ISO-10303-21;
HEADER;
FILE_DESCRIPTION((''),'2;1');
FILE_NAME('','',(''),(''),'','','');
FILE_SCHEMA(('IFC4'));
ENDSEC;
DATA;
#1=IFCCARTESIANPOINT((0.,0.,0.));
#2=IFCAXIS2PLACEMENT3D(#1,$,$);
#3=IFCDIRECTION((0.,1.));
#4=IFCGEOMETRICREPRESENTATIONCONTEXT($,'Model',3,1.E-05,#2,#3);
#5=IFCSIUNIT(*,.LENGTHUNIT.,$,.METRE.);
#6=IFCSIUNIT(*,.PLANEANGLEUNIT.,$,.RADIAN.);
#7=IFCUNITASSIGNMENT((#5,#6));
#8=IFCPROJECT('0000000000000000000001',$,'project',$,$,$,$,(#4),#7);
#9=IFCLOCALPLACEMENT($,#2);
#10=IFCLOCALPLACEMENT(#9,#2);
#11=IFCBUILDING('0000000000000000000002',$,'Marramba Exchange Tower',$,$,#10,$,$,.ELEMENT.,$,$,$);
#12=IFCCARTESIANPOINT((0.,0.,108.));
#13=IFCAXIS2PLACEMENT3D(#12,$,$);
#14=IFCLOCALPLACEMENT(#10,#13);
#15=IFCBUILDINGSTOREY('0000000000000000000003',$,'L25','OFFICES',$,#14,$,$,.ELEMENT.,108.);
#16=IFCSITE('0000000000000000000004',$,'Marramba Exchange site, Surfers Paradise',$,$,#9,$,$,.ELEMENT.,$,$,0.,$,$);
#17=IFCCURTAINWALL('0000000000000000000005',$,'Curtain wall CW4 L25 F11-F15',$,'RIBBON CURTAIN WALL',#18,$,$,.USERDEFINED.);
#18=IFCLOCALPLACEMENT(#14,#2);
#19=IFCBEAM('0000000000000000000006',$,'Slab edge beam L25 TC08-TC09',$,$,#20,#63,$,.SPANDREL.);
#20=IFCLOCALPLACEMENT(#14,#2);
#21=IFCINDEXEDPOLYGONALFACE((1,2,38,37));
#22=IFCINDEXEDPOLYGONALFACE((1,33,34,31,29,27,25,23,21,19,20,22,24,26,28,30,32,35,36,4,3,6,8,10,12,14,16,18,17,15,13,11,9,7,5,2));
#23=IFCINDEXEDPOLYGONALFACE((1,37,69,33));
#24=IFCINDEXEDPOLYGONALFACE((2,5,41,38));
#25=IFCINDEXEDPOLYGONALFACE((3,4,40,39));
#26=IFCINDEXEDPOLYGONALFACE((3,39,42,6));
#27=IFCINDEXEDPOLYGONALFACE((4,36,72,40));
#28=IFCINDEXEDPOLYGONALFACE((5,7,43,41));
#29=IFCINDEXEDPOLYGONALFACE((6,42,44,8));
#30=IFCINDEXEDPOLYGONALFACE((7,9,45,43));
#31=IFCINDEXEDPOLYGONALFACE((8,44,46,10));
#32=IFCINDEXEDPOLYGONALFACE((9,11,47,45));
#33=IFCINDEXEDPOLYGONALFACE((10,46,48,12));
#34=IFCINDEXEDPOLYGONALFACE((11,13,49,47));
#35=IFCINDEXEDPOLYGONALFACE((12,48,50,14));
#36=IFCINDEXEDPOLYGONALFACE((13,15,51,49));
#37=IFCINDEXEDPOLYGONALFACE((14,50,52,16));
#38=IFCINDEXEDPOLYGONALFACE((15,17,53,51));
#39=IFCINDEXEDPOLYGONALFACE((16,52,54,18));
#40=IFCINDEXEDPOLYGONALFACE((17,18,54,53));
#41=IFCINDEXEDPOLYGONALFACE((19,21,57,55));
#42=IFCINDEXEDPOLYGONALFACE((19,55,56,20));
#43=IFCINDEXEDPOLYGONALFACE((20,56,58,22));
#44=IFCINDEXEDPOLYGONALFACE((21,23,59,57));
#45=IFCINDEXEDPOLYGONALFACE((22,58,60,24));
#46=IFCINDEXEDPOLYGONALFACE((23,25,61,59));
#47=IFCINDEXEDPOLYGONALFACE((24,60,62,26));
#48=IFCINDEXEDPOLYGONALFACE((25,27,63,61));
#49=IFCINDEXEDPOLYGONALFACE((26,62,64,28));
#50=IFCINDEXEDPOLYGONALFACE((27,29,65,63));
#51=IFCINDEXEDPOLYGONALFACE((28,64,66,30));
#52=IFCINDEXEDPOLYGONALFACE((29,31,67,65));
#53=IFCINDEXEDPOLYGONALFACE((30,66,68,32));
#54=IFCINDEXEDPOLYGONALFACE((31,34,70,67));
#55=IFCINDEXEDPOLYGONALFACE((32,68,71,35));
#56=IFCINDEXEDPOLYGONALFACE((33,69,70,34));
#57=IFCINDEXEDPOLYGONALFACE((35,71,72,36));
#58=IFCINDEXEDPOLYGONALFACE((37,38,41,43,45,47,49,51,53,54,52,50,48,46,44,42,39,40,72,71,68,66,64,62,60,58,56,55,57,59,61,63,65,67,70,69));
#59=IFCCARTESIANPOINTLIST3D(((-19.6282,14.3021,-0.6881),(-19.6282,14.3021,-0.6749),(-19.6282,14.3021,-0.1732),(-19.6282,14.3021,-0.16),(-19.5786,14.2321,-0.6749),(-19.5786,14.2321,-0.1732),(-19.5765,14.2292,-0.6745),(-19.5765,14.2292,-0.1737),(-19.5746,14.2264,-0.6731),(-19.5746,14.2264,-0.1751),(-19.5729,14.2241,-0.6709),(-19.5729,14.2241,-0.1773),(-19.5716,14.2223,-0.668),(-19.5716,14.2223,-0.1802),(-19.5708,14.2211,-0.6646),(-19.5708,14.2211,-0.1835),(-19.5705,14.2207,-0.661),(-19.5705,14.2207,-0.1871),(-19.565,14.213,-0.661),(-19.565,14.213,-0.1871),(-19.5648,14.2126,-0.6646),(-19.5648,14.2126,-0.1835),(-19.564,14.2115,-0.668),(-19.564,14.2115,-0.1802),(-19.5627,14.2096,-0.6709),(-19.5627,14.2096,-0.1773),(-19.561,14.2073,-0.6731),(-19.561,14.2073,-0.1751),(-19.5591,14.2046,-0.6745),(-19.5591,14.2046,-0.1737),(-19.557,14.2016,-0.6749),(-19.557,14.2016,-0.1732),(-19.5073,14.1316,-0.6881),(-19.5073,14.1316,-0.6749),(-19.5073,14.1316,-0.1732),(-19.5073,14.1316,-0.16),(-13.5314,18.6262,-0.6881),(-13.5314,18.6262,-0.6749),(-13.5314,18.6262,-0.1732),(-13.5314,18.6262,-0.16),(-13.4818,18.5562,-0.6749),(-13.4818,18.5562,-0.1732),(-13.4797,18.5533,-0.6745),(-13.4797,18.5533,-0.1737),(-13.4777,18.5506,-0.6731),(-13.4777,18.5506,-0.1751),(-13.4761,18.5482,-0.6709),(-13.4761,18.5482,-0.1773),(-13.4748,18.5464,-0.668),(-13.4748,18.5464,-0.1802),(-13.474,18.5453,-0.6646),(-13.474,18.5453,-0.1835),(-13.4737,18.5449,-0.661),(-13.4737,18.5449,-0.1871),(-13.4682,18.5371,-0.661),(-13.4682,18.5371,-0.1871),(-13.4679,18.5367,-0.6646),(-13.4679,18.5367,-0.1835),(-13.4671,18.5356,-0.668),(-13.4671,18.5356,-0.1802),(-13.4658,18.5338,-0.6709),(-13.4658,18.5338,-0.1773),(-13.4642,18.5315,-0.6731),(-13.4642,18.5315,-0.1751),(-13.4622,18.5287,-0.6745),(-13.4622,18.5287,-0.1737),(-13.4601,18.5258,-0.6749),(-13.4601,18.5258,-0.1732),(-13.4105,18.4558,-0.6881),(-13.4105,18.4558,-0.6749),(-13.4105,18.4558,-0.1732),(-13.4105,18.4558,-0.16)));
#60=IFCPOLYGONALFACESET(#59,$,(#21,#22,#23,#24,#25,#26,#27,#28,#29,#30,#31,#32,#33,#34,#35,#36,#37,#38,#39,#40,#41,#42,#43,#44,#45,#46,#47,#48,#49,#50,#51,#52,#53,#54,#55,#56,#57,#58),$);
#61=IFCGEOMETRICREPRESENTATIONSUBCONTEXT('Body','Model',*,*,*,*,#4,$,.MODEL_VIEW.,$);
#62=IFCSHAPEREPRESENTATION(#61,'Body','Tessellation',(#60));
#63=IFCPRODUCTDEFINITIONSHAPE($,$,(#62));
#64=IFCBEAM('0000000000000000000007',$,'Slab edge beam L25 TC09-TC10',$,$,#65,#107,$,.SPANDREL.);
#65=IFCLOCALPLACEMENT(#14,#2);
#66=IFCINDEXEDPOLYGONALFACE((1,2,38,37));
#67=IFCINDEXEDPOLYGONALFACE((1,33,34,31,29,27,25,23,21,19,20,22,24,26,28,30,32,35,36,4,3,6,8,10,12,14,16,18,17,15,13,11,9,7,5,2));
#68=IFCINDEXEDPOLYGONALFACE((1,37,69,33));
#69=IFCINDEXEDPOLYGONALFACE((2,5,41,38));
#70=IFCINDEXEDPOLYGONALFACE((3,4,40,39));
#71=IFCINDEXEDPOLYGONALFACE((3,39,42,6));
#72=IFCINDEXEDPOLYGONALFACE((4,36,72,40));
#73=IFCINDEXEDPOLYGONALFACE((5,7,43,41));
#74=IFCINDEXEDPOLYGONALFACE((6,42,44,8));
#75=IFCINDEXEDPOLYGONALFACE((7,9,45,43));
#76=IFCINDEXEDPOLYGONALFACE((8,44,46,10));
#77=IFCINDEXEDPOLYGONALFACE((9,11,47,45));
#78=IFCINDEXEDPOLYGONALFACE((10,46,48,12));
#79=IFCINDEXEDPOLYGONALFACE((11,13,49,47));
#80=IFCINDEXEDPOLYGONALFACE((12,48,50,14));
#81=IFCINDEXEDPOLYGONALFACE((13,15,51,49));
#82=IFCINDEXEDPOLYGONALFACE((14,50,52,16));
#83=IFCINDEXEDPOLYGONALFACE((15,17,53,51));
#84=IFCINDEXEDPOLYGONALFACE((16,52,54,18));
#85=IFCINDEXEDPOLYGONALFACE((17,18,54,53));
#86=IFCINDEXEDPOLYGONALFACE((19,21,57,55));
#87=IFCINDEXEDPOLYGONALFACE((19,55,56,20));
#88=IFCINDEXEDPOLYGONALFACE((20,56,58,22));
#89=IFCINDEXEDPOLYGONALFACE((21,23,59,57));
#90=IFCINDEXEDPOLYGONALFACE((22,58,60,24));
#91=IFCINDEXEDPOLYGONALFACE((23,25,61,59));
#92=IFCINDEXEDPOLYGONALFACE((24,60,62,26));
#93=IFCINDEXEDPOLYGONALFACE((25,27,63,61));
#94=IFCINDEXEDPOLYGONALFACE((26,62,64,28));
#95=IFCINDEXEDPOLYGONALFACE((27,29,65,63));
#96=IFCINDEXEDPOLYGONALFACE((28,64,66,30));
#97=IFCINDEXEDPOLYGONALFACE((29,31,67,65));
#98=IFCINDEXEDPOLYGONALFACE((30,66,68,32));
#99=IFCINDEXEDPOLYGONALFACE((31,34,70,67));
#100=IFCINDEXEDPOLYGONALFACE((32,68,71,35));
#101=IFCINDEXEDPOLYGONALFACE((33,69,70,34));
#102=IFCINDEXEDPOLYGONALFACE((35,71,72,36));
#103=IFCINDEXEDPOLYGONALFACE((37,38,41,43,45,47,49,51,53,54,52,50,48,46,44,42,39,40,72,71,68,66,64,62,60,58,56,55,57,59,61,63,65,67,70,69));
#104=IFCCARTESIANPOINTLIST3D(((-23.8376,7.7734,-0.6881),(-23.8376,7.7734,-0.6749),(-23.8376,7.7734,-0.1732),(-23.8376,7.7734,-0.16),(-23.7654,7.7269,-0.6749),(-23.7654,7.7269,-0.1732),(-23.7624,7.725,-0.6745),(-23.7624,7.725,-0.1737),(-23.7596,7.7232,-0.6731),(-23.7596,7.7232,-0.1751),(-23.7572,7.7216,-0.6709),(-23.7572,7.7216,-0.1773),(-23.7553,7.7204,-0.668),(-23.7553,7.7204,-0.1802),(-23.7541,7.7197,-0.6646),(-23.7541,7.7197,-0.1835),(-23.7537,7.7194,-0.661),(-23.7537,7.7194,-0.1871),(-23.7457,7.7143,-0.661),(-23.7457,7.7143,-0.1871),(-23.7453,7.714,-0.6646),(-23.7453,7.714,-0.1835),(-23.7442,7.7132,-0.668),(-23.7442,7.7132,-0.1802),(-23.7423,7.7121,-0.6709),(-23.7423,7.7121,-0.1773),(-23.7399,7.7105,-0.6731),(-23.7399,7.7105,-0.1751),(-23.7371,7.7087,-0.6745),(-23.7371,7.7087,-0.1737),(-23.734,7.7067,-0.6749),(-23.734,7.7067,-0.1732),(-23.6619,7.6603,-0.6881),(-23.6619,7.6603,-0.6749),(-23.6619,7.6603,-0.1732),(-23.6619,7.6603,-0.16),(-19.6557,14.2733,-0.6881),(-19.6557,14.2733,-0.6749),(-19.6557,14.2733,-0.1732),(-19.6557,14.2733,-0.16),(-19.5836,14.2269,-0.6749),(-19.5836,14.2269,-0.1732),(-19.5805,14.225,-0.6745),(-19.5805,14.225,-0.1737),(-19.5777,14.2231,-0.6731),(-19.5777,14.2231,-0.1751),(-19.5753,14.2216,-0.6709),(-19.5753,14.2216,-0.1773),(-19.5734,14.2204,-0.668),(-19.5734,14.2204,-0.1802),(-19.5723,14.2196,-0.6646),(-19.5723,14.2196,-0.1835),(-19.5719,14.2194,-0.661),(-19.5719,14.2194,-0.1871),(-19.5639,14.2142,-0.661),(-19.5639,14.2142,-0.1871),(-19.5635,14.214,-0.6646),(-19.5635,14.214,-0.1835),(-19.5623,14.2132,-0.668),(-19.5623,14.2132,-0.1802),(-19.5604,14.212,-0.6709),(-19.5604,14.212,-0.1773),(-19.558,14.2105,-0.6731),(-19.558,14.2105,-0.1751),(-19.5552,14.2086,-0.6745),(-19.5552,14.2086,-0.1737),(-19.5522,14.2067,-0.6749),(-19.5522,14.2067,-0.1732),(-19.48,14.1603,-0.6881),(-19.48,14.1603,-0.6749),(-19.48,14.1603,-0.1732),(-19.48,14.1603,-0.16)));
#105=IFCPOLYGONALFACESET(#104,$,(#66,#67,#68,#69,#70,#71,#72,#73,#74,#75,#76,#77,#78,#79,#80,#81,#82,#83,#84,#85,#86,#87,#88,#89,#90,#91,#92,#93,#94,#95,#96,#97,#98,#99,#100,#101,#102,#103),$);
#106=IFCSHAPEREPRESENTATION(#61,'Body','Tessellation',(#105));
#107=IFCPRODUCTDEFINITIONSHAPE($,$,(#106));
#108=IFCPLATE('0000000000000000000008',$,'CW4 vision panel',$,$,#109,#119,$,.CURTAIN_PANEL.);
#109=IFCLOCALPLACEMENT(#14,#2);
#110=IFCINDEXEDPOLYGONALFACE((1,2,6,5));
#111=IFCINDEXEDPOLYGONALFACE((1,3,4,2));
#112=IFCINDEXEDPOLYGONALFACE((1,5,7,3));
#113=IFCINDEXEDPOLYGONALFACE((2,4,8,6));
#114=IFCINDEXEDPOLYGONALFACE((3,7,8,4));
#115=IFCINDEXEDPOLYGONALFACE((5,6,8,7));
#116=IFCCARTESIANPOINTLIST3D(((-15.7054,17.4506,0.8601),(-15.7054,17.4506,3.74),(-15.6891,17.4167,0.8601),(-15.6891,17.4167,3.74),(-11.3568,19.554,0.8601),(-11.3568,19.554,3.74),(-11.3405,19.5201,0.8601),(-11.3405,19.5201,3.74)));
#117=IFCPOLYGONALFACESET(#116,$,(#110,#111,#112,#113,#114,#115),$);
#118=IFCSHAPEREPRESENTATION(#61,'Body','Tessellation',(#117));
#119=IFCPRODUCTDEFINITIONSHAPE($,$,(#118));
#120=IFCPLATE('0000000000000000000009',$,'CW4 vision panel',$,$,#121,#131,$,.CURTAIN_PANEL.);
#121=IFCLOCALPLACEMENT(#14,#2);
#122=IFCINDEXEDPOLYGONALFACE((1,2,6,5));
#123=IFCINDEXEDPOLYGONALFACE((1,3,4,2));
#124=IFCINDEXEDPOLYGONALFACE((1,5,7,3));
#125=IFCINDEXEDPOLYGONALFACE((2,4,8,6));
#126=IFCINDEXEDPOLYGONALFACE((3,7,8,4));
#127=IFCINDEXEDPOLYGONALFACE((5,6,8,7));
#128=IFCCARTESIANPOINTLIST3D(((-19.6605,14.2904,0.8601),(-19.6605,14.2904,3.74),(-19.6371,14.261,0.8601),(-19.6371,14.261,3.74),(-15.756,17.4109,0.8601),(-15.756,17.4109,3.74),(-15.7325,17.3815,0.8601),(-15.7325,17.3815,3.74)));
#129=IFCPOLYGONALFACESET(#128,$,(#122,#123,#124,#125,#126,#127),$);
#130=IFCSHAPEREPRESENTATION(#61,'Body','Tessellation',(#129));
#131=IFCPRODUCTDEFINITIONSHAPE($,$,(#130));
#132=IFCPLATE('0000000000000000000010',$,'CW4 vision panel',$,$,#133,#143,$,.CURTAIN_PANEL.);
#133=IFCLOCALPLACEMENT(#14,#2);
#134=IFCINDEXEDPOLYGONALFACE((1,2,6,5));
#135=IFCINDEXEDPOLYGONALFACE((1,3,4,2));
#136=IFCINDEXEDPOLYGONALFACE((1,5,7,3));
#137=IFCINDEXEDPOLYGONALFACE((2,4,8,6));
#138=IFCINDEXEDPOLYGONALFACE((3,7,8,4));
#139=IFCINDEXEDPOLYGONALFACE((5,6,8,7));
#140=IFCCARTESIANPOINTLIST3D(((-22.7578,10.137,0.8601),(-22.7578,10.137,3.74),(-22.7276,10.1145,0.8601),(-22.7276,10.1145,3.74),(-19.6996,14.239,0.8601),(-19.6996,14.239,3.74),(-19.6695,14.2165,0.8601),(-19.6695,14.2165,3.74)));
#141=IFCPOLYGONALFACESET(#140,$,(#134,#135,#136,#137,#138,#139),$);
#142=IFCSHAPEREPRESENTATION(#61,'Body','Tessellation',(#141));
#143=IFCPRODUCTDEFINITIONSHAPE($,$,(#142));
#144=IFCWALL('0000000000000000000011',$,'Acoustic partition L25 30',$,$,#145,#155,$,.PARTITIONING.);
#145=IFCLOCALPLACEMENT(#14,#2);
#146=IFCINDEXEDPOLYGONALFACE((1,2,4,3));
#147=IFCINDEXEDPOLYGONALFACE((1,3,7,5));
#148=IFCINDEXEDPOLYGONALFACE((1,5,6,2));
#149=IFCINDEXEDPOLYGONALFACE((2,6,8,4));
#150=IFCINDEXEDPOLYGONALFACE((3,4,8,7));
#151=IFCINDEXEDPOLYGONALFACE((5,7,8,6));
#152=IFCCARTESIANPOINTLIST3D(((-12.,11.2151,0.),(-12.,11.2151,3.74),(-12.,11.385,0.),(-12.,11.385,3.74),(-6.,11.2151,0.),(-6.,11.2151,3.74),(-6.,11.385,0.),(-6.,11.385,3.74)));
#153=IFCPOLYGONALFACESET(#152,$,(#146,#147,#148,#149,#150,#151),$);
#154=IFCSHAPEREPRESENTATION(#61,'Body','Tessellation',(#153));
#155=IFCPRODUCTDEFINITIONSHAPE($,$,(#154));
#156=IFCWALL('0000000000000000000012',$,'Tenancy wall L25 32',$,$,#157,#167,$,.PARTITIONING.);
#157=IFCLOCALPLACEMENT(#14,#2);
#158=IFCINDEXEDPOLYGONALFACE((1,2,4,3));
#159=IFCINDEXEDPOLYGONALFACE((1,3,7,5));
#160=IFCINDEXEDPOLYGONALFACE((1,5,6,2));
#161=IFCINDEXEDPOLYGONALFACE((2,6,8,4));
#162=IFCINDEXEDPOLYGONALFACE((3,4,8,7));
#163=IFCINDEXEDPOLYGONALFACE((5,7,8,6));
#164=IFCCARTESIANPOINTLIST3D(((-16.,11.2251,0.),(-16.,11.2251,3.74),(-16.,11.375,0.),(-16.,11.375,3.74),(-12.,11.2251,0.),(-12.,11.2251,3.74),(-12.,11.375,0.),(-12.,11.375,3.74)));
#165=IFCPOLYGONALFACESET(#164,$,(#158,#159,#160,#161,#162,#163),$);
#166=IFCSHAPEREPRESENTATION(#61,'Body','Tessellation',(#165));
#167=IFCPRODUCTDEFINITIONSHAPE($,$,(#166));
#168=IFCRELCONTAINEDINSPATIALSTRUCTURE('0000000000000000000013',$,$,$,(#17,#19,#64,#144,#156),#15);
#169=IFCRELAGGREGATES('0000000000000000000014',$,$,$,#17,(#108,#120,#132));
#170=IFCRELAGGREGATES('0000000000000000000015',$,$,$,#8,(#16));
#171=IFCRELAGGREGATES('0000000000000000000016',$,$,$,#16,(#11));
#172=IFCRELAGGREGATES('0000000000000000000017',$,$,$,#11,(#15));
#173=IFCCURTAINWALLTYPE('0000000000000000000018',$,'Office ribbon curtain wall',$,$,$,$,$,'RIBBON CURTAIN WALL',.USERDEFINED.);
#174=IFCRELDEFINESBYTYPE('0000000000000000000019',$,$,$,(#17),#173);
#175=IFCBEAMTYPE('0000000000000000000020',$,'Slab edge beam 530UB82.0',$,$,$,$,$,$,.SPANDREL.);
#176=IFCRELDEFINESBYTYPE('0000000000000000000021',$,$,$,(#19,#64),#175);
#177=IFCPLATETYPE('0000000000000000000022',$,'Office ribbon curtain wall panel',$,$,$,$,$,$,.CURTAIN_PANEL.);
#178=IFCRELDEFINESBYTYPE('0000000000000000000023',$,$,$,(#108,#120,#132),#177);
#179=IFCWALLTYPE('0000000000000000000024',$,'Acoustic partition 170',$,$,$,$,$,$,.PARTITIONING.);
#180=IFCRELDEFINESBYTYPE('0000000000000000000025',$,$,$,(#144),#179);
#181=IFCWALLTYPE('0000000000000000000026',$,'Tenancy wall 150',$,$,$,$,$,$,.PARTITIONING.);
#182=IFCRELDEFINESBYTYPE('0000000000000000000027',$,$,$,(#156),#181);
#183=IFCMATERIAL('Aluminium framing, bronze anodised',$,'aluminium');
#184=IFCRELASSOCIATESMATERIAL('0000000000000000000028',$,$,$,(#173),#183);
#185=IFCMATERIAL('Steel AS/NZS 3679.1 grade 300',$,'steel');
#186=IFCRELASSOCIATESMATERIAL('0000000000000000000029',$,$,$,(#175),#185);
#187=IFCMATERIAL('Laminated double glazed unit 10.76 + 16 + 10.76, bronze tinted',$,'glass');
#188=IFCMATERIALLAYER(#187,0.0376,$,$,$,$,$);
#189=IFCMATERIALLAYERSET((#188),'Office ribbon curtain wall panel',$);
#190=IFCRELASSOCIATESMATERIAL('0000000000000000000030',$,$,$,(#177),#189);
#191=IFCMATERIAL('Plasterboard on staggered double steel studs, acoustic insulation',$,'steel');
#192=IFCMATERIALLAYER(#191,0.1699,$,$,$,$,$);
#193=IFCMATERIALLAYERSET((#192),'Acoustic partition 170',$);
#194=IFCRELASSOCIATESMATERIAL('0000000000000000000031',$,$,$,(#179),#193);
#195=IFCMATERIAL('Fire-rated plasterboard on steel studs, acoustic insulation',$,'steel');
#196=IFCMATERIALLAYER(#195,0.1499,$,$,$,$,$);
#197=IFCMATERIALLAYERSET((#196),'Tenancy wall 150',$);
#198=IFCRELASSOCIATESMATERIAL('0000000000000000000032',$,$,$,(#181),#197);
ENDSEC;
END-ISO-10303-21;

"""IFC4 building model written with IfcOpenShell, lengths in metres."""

from ifc_helpers import new_model, si_unit, direction, frame, frame_2d, origin, origin_2d, place, context, subcontext, project, spatial, rectangle, i_section, extrude, material, layer, layer_set, material_profile, profile_set, type_object, element, aggregate, save


model = new_model("IFC4")

# Units and contexts
model_context = context("Model", 3, precision=1e-05, world=origin(), true_north=direction((0.0, 1.0)))
body_context = subcontext(model_context, "Body", "Model", "MODEL_VIEW")
ifc_project = project(units=[si_unit("LENGTHUNIT", "METRE"), si_unit("PLANEANGLEUNIT", "RADIAN")], contexts=[model_context])

# Site, building, storey
site_placement = place(None, origin())
site = spatial("IfcSite", under=ifc_project, at=site_placement, Name="Marramba Exchange site, Surfers Paradise", CompositionType="ELEMENT", RefElevation=0.0)
building_placement = place(site_placement, origin())
building = spatial("IfcBuilding", under=site, at=building_placement, Name="Marramba Exchange Tower", CompositionType="ELEMENT")
storey_placement = place(building_placement, frame((0.0, 0.0, 108.0)))
storey = spatial("IfcBuildingStorey", under=building, at=storey_placement, Name="L25", Description="OFFICES", CompositionType="ELEMENT", Elevation=108.0)

# Shared definitions
ifc_material_1 = material(Name="Steel AS/NZS 3679.1 grade 300", Category="steel")

# Curtain wall
ifc_material_2 = material(Name="Aluminium framing, bronze anodised", Category="aluminium")
curtain_wall_type = type_object("IfcCurtainWallType", Name="Office ribbon curtain wall", ElementType="RIBBON CURTAIN WALL", PredefinedType="USERDEFINED", material=ifc_material_2)
curtain_wall_placement = place(storey_placement, origin())
curtain_wall = element("IfcCurtainWall", 1, at=curtain_wall_placement, inside=storey, type_object=curtain_wall_type, Name="Curtain wall CW4 L25 F11-F15", ObjectType="RIBBON CURTAIN WALL", PredefinedType="USERDEFINED")

# Beams
ifc_material_profile_1 = material_profile(ifc_material_1, i_section(OverallWidth=0.209, OverallDepth=0.5281, WebThickness=0.0095, FlangeThickness=0.0132, FilletRadius=0.0139, at=origin_2d()), Name="530UB82.0")
ifc_profile_set_1 = profile_set([ifc_material_profile_1], Name="Steel AS/NZS 3679.1 grade 300")
beam_type_1 = type_object("IfcBeamType", Name="Slab edge beam 530UB82.0", PredefinedType="SPANDREL", material=ifc_profile_set_1)
beam_1_placement = place(storey_placement, frame((-13.4709, 18.541, -0.4241), z_axis=(-0.815673, -0.578513, 0.0), x_axis=(0.578513, -0.815673, 0.0)))
element("IfcBeam", 2, at=beam_1_placement, inside=storey, type_object=beam_type_1, Name="Slab edge beam L25 TC08-TC09", PredefinedType="SPANDREL", context=body_context, shape_type="SweptSolid", body=[
    extrude(i_section(OverallWidth=0.209, OverallDepth=0.5281, WebThickness=0.0095, FlangeThickness=0.0132, FilletRadius=0.0139, at=origin_2d()), origin(), (0.0, 0.0, 1.0), 7.4746),
])
beam_2_placement = place(storey_placement, frame((-19.5679, 14.2168, -0.4241), z_axis=(-0.541061, -0.840983, 0.0), x_axis=(0.840983, -0.541061, 0.0)))
element("IfcBeam", 3, at=beam_2_placement, inside=storey, type_object=beam_type_1, Name="Slab edge beam L25 TC09-TC10", PredefinedType="SPANDREL", context=body_context, shape_type="SweptSolid", body=[
    extrude(i_section(OverallWidth=0.209, OverallDepth=0.5281, WebThickness=0.0095, FlangeThickness=0.0132, FilletRadius=0.0139, at=origin_2d()), origin(), (0.0, 0.0, 1.0), 7.729),
])

# Plates
ifc_material_3 = material(Name="Laminated double glazed unit 10.76 + 16 + 10.76, bronze tinted", Category="glass")
ifc_layer_1 = layer(ifc_material_3, 0.0376)
ifc_layer_set_1 = layer_set([ifc_layer_1], Name="Office ribbon curtain wall panel")
plate_type = type_object("IfcPlateType", Name="Office ribbon curtain wall panel", PredefinedType="CURTAIN_PANEL", material=ifc_layer_set_1)
plate_1_placement = place(storey_placement, frame((-13.5229, 18.4854, 0.8601), z_axis=(0.0, 0.0, 1.0), x_axis=(-0.900224, -0.435428, 0.0)))
plate_1 = element("IfcPlate", 4, at=plate_1_placement, type_object=plate_type, Name="CW4 vision panel", PredefinedType="CURTAIN_PANEL", context=body_context, shape_type="SweptSolid", body=[
    extrude(rectangle(XDim=4.8306, YDim=0.0376, at=origin_2d()), origin(), (0.0, 0.0, 1.0), 2.8799),
])
plate_2_placement = place(storey_placement, frame((-17.6965, 15.8359, 0.8601), z_axis=(0.0, 0.0, 1.0), x_axis=(-0.781178, -0.624308, 0.0)))
plate_2 = element("IfcPlate", 5, at=plate_2_placement, type_object=plate_type, Name="CW4 vision panel", PredefinedType="CURTAIN_PANEL", context=body_context, shape_type="SweptSolid", body=[
    extrude(rectangle(XDim=4.9983, YDim=0.0376, at=origin_2d()), origin(), (0.0, 0.0, 1.0), 2.8799),
])
plate_3_placement = place(storey_placement, frame((-21.2136, 12.1768, 0.8601), z_axis=(0.0, 0.0, 1.0), x_axis=(-0.597704, -0.801717, 0.0)))
plate_3 = element("IfcPlate", 6, at=plate_3_placement, type_object=plate_type, Name="CW4 vision panel", PredefinedType="CURTAIN_PANEL", context=body_context, shape_type="SweptSolid", body=[
    extrude(rectangle(XDim=5.1165, YDim=0.0376, at=origin_2d()), origin(), (0.0, 0.0, 1.0), 2.8799),
])
aggregate(curtain_wall, [plate_1, plate_2, plate_3])

# Walls
ifc_material_4 = material(Name="Plasterboard on staggered double steel studs, acoustic insulation", Category="steel")
ifc_layer_2 = layer(ifc_material_4, 0.1699)
ifc_layer_set_2 = layer_set([ifc_layer_2], Name="Acoustic partition 170")
wall_type_1 = type_object("IfcWallType", Name="Acoustic partition 170", PredefinedType="PARTITIONING", material=ifc_layer_set_2)
wall_1_placement = place(storey_placement, frame((-12.0, 11.3, 0.0), z_axis=(0.0, 0.0, 1.0), x_axis=(1.0, 0.0, 0.0)))
element("IfcWall", 7, at=wall_1_placement, inside=storey, type_object=wall_type_1, Name="Acoustic partition L25 30", PredefinedType="PARTITIONING", context=body_context, shape_type="SweptSolid", body=[
    extrude(rectangle(XDim=6.0, YDim=0.1699, at=frame_2d((3.0, 0.0))), origin(), (0.0, 0.0, 1.0), 3.74),
])
ifc_material_5 = material(Name="Fire-rated plasterboard on steel studs, acoustic insulation", Category="steel")
ifc_layer_3 = layer(ifc_material_5, 0.1499)
ifc_layer_set_3 = layer_set([ifc_layer_3], Name="Tenancy wall 150")
wall_type_2 = type_object("IfcWallType", Name="Tenancy wall 150", PredefinedType="PARTITIONING", material=ifc_layer_set_3)
wall_2_placement = place(storey_placement, frame((-12.0, 11.3, 0.0), z_axis=(0.0, 0.0, 1.0), x_axis=(-1.0, 0.0, 0.0)))
element("IfcWall", 8, at=wall_2_placement, inside=storey, type_object=wall_type_2, Name="Tenancy wall L25 32", PredefinedType="PARTITIONING", context=body_context, shape_type="SweptSolid", body=[
    extrude(rectangle(XDim=4.0, YDim=0.1499, at=frame_2d((2.0, 0.0))), origin(), (0.0, 0.0, 1.0), 3.74),
])

save(model, "model.ifc")
